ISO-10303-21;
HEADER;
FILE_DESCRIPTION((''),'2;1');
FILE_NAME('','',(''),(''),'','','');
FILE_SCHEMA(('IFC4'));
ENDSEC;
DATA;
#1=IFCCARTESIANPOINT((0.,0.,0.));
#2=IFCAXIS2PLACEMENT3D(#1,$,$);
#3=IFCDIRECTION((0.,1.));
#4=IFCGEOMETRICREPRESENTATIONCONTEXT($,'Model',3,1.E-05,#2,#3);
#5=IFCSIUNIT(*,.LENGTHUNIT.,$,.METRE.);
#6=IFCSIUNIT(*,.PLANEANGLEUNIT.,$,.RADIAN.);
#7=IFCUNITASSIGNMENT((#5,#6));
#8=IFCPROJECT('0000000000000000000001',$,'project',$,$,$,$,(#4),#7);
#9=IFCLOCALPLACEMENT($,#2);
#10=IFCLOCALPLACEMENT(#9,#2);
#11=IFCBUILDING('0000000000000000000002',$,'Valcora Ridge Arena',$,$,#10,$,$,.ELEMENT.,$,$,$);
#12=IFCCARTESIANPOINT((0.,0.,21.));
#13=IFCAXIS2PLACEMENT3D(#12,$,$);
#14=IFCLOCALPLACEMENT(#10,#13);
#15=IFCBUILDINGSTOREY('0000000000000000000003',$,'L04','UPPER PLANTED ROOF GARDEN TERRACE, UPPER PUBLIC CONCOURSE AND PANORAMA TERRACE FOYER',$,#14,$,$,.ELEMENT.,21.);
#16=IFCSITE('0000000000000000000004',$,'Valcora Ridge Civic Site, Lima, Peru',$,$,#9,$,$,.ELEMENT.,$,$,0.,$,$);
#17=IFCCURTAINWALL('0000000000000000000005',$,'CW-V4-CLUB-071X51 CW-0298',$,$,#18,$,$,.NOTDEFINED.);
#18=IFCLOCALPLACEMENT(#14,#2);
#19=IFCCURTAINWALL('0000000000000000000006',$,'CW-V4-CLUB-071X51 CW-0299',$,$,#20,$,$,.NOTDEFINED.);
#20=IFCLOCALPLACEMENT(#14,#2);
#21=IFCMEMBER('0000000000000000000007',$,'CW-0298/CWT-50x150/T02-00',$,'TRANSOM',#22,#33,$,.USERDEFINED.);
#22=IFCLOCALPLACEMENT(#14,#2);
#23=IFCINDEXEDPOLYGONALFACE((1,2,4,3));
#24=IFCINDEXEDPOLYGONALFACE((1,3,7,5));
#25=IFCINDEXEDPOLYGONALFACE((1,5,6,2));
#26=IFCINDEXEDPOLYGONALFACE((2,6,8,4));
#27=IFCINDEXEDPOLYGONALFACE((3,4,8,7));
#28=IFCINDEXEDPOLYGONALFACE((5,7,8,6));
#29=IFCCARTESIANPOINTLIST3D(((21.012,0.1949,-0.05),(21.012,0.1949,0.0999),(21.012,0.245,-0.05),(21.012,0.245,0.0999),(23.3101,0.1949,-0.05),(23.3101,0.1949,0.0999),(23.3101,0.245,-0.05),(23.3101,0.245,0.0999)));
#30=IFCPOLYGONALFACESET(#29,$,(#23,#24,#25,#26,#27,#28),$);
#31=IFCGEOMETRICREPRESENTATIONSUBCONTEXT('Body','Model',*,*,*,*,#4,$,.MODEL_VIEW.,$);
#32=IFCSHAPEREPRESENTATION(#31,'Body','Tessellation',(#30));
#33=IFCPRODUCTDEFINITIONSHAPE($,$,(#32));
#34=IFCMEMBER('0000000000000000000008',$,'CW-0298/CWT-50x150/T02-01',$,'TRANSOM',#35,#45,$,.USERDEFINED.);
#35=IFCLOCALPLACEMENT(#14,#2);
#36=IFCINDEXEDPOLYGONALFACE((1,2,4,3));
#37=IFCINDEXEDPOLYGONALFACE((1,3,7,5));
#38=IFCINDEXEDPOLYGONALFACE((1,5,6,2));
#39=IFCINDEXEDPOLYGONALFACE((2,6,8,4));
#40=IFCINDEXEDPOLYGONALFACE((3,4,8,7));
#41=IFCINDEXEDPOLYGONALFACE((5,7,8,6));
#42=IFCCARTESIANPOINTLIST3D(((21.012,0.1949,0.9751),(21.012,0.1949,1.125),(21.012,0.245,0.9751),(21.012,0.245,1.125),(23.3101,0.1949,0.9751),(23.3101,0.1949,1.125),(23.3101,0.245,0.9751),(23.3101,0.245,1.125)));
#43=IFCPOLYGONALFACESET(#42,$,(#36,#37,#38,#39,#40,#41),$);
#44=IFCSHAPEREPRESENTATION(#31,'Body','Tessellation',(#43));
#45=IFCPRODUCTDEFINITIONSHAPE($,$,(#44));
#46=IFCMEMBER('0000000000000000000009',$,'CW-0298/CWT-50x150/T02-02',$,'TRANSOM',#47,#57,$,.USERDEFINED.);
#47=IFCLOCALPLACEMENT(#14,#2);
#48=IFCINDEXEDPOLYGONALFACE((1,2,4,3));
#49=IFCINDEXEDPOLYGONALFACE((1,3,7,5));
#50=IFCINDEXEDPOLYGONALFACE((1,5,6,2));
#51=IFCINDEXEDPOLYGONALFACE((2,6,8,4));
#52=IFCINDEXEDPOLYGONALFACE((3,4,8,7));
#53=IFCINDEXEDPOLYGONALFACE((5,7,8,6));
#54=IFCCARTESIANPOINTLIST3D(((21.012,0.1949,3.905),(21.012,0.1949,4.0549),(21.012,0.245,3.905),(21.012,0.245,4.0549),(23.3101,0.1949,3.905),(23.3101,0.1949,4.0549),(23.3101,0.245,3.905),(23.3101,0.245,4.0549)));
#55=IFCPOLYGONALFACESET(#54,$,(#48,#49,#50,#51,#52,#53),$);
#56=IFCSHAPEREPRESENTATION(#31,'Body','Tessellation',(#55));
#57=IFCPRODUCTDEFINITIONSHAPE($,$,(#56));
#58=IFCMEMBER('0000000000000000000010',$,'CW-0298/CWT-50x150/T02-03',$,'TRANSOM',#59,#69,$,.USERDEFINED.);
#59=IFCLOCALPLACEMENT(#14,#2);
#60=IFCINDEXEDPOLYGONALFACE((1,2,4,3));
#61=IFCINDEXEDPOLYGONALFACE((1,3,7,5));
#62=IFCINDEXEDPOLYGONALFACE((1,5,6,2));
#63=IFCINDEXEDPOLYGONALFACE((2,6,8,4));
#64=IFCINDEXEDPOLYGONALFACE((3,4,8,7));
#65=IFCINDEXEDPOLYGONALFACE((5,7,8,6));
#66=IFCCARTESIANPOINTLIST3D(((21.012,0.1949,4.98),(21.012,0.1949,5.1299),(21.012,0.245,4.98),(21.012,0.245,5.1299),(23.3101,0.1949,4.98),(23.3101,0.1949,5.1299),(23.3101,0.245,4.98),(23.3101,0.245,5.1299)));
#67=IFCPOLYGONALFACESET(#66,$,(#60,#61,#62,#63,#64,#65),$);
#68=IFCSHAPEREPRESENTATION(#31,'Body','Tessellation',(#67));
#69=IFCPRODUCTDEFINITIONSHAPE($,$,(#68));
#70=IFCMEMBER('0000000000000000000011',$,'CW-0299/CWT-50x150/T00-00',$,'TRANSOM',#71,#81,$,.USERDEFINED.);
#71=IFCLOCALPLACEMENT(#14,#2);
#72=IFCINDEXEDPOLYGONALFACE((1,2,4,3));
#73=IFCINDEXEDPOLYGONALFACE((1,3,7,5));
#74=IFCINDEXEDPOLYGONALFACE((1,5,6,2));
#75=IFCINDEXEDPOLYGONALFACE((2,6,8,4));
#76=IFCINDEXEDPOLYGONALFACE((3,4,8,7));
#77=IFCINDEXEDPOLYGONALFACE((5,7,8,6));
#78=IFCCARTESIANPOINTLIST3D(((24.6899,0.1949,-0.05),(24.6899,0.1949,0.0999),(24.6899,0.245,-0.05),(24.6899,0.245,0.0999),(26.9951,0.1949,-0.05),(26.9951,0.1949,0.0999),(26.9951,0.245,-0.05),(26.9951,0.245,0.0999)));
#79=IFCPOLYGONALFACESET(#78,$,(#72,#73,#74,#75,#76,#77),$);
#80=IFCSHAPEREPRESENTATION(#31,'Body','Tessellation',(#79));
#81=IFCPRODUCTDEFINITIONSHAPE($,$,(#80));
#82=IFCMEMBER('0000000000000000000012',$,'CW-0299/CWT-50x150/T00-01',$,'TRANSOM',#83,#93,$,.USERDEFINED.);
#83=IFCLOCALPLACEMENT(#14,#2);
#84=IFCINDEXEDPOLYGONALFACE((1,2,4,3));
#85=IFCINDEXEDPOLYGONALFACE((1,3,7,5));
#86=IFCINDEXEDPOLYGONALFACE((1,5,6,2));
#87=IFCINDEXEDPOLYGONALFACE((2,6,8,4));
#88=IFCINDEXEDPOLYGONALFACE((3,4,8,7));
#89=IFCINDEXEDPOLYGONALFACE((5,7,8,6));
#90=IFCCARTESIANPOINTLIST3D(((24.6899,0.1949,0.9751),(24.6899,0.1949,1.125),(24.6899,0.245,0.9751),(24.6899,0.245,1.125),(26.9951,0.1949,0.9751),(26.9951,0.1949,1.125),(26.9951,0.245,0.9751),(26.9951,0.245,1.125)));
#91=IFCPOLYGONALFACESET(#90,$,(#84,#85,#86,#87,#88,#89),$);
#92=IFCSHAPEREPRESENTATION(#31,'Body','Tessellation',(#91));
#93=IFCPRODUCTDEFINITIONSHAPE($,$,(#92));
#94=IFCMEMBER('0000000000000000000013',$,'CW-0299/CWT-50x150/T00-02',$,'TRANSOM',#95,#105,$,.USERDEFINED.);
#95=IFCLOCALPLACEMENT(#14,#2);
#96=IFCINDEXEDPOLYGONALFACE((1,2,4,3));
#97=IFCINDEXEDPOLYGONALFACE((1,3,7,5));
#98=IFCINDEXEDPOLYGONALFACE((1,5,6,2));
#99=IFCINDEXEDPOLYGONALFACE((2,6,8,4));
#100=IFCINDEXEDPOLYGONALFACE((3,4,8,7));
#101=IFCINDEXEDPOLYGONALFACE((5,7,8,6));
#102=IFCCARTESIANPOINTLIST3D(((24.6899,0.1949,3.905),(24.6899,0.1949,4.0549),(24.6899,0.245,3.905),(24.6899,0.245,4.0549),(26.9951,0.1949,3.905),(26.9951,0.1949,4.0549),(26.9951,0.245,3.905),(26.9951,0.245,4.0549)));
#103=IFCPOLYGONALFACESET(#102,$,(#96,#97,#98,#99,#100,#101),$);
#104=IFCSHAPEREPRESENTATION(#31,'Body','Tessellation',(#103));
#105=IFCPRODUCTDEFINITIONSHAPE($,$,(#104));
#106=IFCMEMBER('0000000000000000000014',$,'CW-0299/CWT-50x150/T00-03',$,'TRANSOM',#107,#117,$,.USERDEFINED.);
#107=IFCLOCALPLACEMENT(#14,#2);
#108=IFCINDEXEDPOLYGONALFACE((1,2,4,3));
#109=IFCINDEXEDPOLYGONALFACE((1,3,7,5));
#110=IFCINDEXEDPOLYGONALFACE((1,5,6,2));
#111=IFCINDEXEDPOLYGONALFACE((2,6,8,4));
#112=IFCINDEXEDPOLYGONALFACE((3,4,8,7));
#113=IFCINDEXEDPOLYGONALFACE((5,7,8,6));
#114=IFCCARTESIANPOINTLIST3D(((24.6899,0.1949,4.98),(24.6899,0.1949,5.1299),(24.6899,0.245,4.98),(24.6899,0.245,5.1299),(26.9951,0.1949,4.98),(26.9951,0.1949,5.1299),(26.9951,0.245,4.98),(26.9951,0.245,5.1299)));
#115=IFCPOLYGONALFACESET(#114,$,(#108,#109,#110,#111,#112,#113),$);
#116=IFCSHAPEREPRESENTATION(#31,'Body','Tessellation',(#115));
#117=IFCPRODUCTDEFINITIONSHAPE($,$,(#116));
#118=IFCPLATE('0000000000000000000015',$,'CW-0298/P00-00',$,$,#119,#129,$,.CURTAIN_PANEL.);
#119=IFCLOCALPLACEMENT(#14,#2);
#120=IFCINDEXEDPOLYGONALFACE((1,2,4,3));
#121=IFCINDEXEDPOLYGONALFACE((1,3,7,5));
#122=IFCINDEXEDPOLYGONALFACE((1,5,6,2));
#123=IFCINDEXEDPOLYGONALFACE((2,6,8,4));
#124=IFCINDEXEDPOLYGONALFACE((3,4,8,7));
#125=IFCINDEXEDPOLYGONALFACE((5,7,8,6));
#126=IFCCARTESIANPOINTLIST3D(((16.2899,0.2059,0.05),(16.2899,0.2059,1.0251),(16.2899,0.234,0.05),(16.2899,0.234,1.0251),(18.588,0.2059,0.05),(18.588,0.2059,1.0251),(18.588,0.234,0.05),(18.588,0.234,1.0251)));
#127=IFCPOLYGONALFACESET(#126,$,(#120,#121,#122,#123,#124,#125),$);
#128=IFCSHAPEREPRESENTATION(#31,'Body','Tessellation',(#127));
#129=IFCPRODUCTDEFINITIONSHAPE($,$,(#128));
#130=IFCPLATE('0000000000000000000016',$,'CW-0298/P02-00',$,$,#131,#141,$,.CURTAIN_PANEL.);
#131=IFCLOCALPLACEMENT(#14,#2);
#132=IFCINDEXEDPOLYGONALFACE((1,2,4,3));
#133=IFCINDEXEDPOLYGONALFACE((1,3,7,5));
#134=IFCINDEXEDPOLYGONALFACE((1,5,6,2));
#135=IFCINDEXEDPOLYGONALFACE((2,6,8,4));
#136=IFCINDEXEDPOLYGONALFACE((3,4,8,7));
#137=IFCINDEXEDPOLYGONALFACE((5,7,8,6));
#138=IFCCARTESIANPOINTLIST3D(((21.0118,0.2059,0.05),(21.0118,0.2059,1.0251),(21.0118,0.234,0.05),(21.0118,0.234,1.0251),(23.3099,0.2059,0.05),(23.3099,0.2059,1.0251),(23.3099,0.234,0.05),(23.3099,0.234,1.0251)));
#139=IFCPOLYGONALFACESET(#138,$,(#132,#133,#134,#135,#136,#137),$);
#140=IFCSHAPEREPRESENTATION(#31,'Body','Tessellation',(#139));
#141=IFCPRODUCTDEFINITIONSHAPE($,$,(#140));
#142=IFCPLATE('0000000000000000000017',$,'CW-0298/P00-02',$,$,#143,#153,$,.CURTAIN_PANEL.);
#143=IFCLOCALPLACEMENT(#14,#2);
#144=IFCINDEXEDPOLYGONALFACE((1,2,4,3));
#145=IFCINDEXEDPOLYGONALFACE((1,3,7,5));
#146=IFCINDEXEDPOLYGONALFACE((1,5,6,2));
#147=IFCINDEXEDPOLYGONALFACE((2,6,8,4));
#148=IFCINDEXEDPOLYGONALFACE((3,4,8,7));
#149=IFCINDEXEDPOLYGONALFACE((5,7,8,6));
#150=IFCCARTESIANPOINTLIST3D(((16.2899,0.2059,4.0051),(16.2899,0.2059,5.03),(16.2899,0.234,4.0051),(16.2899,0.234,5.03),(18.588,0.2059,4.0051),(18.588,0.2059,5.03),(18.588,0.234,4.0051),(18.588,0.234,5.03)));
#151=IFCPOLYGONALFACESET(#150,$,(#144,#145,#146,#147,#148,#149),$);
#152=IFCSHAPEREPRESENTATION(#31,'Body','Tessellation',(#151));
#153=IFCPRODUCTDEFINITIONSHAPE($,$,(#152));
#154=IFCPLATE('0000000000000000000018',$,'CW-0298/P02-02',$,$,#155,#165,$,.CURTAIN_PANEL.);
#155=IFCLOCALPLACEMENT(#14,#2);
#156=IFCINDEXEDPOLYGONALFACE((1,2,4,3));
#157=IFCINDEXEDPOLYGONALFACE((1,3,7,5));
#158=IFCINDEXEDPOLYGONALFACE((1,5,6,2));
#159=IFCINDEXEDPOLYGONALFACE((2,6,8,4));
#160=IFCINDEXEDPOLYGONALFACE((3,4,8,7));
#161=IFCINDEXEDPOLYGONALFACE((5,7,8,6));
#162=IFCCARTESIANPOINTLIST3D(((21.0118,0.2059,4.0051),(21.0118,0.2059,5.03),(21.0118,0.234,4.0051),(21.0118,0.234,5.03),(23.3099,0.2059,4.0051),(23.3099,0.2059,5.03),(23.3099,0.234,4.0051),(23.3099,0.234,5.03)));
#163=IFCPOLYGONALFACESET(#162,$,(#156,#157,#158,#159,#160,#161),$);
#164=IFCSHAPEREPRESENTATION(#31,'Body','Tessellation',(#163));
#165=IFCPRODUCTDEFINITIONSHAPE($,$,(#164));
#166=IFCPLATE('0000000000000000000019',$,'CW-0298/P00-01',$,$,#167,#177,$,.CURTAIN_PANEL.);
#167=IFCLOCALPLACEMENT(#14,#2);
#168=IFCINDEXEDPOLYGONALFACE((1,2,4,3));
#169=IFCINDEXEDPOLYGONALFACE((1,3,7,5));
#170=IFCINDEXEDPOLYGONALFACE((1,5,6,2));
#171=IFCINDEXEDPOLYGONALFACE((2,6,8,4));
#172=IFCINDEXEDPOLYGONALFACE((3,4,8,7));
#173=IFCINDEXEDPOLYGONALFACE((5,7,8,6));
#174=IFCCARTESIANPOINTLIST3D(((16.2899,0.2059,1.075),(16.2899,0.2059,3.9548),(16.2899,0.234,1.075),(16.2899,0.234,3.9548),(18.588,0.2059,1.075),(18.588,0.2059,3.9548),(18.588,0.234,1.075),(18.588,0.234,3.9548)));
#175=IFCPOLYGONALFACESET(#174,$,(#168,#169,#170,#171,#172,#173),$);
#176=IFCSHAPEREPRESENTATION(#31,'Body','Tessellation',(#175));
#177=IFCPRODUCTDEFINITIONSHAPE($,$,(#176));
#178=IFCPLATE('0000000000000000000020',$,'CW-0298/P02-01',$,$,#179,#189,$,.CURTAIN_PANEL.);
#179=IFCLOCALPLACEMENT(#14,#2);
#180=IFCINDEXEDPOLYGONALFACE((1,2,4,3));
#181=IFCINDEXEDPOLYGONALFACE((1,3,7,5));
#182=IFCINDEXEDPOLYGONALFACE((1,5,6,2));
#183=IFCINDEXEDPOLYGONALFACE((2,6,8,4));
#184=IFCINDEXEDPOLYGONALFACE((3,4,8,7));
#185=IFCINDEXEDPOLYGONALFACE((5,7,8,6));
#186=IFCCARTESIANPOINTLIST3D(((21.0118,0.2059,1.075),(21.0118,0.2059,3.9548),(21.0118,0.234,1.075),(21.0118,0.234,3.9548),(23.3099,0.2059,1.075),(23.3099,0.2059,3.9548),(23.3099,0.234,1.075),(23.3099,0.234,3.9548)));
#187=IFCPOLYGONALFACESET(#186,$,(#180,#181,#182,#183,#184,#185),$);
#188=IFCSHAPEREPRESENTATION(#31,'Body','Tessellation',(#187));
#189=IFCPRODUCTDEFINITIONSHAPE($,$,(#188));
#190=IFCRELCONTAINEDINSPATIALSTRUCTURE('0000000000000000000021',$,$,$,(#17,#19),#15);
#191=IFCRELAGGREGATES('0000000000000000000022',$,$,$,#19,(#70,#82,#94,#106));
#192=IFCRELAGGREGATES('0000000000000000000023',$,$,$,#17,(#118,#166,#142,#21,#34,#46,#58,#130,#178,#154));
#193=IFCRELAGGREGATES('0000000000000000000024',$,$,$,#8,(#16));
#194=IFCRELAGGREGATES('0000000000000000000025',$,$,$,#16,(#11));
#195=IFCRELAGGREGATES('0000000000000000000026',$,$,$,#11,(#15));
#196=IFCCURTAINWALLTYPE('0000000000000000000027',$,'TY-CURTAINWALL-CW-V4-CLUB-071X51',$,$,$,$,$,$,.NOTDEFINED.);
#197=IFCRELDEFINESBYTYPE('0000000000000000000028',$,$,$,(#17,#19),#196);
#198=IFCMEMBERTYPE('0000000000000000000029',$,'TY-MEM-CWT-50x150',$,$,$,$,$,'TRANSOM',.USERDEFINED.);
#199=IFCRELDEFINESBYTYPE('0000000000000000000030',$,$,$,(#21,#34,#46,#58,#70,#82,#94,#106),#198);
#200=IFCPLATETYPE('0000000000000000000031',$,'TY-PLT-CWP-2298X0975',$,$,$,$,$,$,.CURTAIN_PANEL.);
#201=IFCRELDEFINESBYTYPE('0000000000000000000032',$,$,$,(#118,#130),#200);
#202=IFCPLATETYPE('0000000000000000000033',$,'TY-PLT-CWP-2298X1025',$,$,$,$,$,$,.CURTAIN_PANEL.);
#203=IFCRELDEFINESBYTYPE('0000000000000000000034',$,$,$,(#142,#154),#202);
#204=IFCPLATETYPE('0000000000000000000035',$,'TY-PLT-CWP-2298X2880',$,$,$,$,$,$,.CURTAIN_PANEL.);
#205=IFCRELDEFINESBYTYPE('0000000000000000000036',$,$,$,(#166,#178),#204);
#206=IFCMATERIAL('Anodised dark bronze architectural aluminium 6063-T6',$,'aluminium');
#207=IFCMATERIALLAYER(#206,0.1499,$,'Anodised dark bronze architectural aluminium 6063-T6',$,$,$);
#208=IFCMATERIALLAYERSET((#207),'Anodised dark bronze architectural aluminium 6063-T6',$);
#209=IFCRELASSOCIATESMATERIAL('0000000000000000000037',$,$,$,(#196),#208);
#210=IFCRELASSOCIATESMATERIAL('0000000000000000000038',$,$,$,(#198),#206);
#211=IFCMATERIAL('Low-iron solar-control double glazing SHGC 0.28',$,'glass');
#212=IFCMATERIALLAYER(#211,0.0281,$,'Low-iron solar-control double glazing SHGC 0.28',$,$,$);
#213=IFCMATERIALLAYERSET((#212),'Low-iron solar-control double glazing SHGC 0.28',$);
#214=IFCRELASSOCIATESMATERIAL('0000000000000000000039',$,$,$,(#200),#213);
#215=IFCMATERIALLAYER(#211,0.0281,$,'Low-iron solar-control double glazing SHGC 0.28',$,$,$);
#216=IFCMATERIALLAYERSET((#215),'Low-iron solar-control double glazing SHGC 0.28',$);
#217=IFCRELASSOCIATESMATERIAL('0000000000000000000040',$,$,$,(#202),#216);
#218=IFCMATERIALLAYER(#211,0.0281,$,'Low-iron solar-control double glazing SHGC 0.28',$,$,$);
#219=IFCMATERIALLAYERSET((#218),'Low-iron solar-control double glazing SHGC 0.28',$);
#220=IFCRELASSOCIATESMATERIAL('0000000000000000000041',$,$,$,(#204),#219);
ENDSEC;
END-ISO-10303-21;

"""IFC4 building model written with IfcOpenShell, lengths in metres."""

from ifc_helpers import new_model, si_unit, direction, frame, origin, origin_2d, place, context, subcontext, project, spatial, rectangle, extrude, material, layer, layer_set, material_profile, profile_set, type_object, element, aggregate, save


model = new_model("IFC4")

# Units and contexts
model_context = context("Model", 3, precision=1e-05, world=origin(), true_north=direction((0.0, 1.0)))
body_context = subcontext(model_context, "Body", "Model", "MODEL_VIEW")
ifc_project = project(units=[si_unit("LENGTHUNIT", "METRE"), si_unit("PLANEANGLEUNIT", "RADIAN")], contexts=[model_context])

# Site, building, storey
site_placement = place(None, origin())
site = spatial("IfcSite", under=ifc_project, at=site_placement, Name="Valcora Ridge Civic Site, Lima, Peru", CompositionType="ELEMENT", RefElevation=0.0)
building_placement = place(site_placement, origin())
building = spatial("IfcBuilding", under=site, at=building_placement, Name="Valcora Ridge Arena", CompositionType="ELEMENT")
storey_placement = place(building_placement, frame((0.0, 0.0, 21.0)))
storey = spatial("IfcBuildingStorey", under=building, at=storey_placement, Name="L04", Description="UPPER PLANTED ROOF GARDEN TERRACE, UPPER PUBLIC CONCOURSE AND PANORAMA TERRACE FOYER", CompositionType="ELEMENT", Elevation=21.0)

# Curtain wall
ifc_material_1 = material(Name="Anodised dark bronze architectural aluminium 6063-T6", Category="aluminium")
ifc_layer_1 = layer(ifc_material_1, 0.1499, Name="Anodised dark bronze architectural aluminium 6063-T6")
ifc_layer_set_1 = layer_set([ifc_layer_1], Name="Anodised dark bronze architectural aluminium 6063-T6")
curtain_wall_type = type_object("IfcCurtainWallType", Name="TY-CURTAINWALL-CW-V4-CLUB-071X51", PredefinedType="NOTDEFINED", material=ifc_layer_set_1)
curtain_wall_1_placement = place(storey_placement, origin())
curtain_wall_1 = element("IfcCurtainWall", 1, at=curtain_wall_1_placement, inside=storey, type_object=curtain_wall_type, Name="CW-V4-CLUB-071X51 CW-0298", PredefinedType="NOTDEFINED")

# Curtain wall
curtain_wall_2_placement = place(storey_placement, origin())
curtain_wall_2 = element("IfcCurtainWall", 2, at=curtain_wall_2_placement, inside=storey, type_object=curtain_wall_type, Name="CW-V4-CLUB-071X51 CW-0299", PredefinedType="NOTDEFINED")

# Members
ifc_material_profile_1 = material_profile(ifc_material_1, rectangle(XDim=0.05, YDim=0.1499, at=origin_2d()), Name="ALU TRANSOM 50x150")
ifc_profile_set_1 = profile_set([ifc_material_profile_1], Name="Anodised dark bronze architectural aluminium 6063-T6")
member_type_1 = type_object("IfcMemberType", Name="TY-MEM-CWT-50x150", ElementType="TRANSOM", PredefinedType="USERDEFINED", material=ifc_profile_set_1)
member_1_placement = place(storey_placement, frame((21.012, 0.22, 0.0249), z_axis=(1.0, 0.0, 0.0), x_axis=(0.0, 1.0, 0.0)))
member_1 = element("IfcMember", 3, at=member_1_placement, type_object=member_type_1, Name="CW-0298/CWT-50x150/T02-00", ObjectType="TRANSOM", PredefinedType="USERDEFINED", context=body_context, shape_type="SweptSolid", body=[
    extrude(rectangle(XDim=0.05, YDim=0.1499, at=origin_2d()), origin(), (0.0, 0.0, 1.0), 2.2981),
])
member_2_placement = place(storey_placement, frame((21.012, 0.22, 1.05), z_axis=(1.0, 0.0, 0.0), x_axis=(0.0, 1.0, 0.0)))
member_2 = element("IfcMember", 4, at=member_2_placement, type_object=member_type_1, Name="CW-0298/CWT-50x150/T02-01", ObjectType="TRANSOM", PredefinedType="USERDEFINED", context=body_context, shape_type="SweptSolid", body=[
    extrude(rectangle(XDim=0.05, YDim=0.1499, at=origin_2d()), origin(), (0.0, 0.0, 1.0), 2.2981),
])
member_3_placement = place(storey_placement, frame((21.012, 0.22, 3.98), z_axis=(1.0, 0.0, 0.0), x_axis=(0.0, 1.0, 0.0)))
member_3 = element("IfcMember", 5, at=member_3_placement, type_object=member_type_1, Name="CW-0298/CWT-50x150/T02-02", ObjectType="TRANSOM", PredefinedType="USERDEFINED", context=body_context, shape_type="SweptSolid", body=[
    extrude(rectangle(XDim=0.05, YDim=0.1499, at=origin_2d()), origin(), (0.0, 0.0, 1.0), 2.2981),
])
member_4_placement = place(storey_placement, frame((21.012, 0.22, 5.0549), z_axis=(1.0, 0.0, 0.0), x_axis=(0.0, 1.0, 0.0)))
member_4 = element("IfcMember", 6, at=member_4_placement, type_object=member_type_1, Name="CW-0298/CWT-50x150/T02-03", ObjectType="TRANSOM", PredefinedType="USERDEFINED", context=body_context, shape_type="SweptSolid", body=[
    extrude(rectangle(XDim=0.05, YDim=0.1499, at=origin_2d()), origin(), (0.0, 0.0, 1.0), 2.2981),
])
member_5_placement = place(storey_placement, frame((24.6899, 0.22, 0.0249), z_axis=(1.0, 0.0, 0.0), x_axis=(0.0, 1.0, 0.0)))
member_5 = element("IfcMember", 7, at=member_5_placement, type_object=member_type_1, Name="CW-0299/CWT-50x150/T00-00", ObjectType="TRANSOM", PredefinedType="USERDEFINED", context=body_context, shape_type="SweptSolid", body=[
    extrude(rectangle(XDim=0.05, YDim=0.1499, at=origin_2d()), origin(), (0.0, 0.0, 1.0), 2.3052),
])
member_6_placement = place(storey_placement, frame((24.6899, 0.22, 1.05), z_axis=(1.0, 0.0, 0.0), x_axis=(0.0, 1.0, 0.0)))
member_6 = element("IfcMember", 8, at=member_6_placement, type_object=member_type_1, Name="CW-0299/CWT-50x150/T00-01", ObjectType="TRANSOM", PredefinedType="USERDEFINED", context=body_context, shape_type="SweptSolid", body=[
    extrude(rectangle(XDim=0.05, YDim=0.1499, at=origin_2d()), origin(), (0.0, 0.0, 1.0), 2.3052),
])
member_7_placement = place(storey_placement, frame((24.6899, 0.22, 3.98), z_axis=(1.0, 0.0, 0.0), x_axis=(0.0, 1.0, 0.0)))
member_7 = element("IfcMember", 9, at=member_7_placement, type_object=member_type_1, Name="CW-0299/CWT-50x150/T00-02", ObjectType="TRANSOM", PredefinedType="USERDEFINED", context=body_context, shape_type="SweptSolid", body=[
    extrude(rectangle(XDim=0.05, YDim=0.1499, at=origin_2d()), origin(), (0.0, 0.0, 1.0), 2.3052),
])
member_8_placement = place(storey_placement, frame((24.6899, 0.22, 5.0549), z_axis=(1.0, 0.0, 0.0), x_axis=(0.0, 1.0, 0.0)))
member_8 = element("IfcMember", 10, at=member_8_placement, type_object=member_type_1, Name="CW-0299/CWT-50x150/T00-03", ObjectType="TRANSOM", PredefinedType="USERDEFINED", context=body_context, shape_type="SweptSolid", body=[
    extrude(rectangle(XDim=0.05, YDim=0.1499, at=origin_2d()), origin(), (0.0, 0.0, 1.0), 2.3052),
])

# Plates
ifc_material_2 = material(Name="Low-iron solar-control double glazing SHGC 0.28", Category="glass")
ifc_layer_2 = layer(ifc_material_2, 0.0281, Name="Low-iron solar-control double glazing SHGC 0.28")
ifc_layer_set_2 = layer_set([ifc_layer_2], Name="Low-iron solar-control double glazing SHGC 0.28")
plate_type_1 = type_object("IfcPlateType", Name="TY-PLT-CWP-2298X0975", PredefinedType="CURTAIN_PANEL", material=ifc_layer_set_2)
plate_1_placement = place(storey_placement, frame((17.439, 0.22, 0.05), z_axis=(0.0, 0.0, 1.0), x_axis=(1.0, 0.0, 0.0)))
plate_1 = element("IfcPlate", 11, at=plate_1_placement, type_object=plate_type_1, Name="CW-0298/P00-00", PredefinedType="CURTAIN_PANEL", context=body_context, shape_type="SweptSolid", body=[
    extrude(rectangle(XDim=2.2981, YDim=0.0281, at=origin_2d()), origin(), (0.0, 0.0, 1.0), 0.9751),
])
plate_2_placement = place(storey_placement, frame((22.1609, 0.22, 0.05), z_axis=(0.0, 0.0, 1.0), x_axis=(1.0, 0.0, 0.0)))
plate_2 = element("IfcPlate", 12, at=plate_2_placement, type_object=plate_type_1, Name="CW-0298/P02-00", PredefinedType="CURTAIN_PANEL", context=body_context, shape_type="SweptSolid", body=[
    extrude(rectangle(XDim=2.2981, YDim=0.0281, at=origin_2d()), origin(), (0.0, 0.0, 1.0), 0.9751),
])
ifc_layer_3 = layer(ifc_material_2, 0.0281, Name="Low-iron solar-control double glazing SHGC 0.28")
ifc_layer_set_3 = layer_set([ifc_layer_3], Name="Low-iron solar-control double glazing SHGC 0.28")
plate_type_2 = type_object("IfcPlateType", Name="TY-PLT-CWP-2298X1025", PredefinedType="CURTAIN_PANEL", material=ifc_layer_set_3)
plate_3_placement = place(storey_placement, frame((17.439, 0.22, 4.0051), z_axis=(0.0, 0.0, 1.0), x_axis=(1.0, 0.0, 0.0)))
plate_3 = element("IfcPlate", 13, at=plate_3_placement, type_object=plate_type_2, Name="CW-0298/P00-02", PredefinedType="CURTAIN_PANEL", context=body_context, shape_type="SweptSolid", body=[
    extrude(rectangle(XDim=2.2981, YDim=0.0281, at=origin_2d()), origin(), (0.0, 0.0, 1.0), 1.0249),
])
plate_4_placement = place(storey_placement, frame((22.1609, 0.22, 4.0051), z_axis=(0.0, 0.0, 1.0), x_axis=(1.0, 0.0, 0.0)))
plate_4 = element("IfcPlate", 14, at=plate_4_placement, type_object=plate_type_2, Name="CW-0298/P02-02", PredefinedType="CURTAIN_PANEL", context=body_context, shape_type="SweptSolid", body=[
    extrude(rectangle(XDim=2.2981, YDim=0.0281, at=origin_2d()), origin(), (0.0, 0.0, 1.0), 1.0249),
])
ifc_layer_4 = layer(ifc_material_2, 0.0281, Name="Low-iron solar-control double glazing SHGC 0.28")
ifc_layer_set_4 = layer_set([ifc_layer_4], Name="Low-iron solar-control double glazing SHGC 0.28")
plate_type_3 = type_object("IfcPlateType", Name="TY-PLT-CWP-2298X2880", PredefinedType="CURTAIN_PANEL", material=ifc_layer_set_4)
plate_5_placement = place(storey_placement, frame((17.439, 0.22, 1.075), z_axis=(0.0, 0.0, 1.0), x_axis=(1.0, 0.0, 0.0)))
plate_5 = element("IfcPlate", 15, at=plate_5_placement, type_object=plate_type_3, Name="CW-0298/P00-01", PredefinedType="CURTAIN_PANEL", context=body_context, shape_type="SweptSolid", body=[
    extrude(rectangle(XDim=2.2981, YDim=0.0281, at=origin_2d()), origin(), (0.0, 0.0, 1.0), 2.8799),
])
plate_6_placement = place(storey_placement, frame((22.1609, 0.22, 1.075), z_axis=(0.0, 0.0, 1.0), x_axis=(1.0, 0.0, 0.0)))
plate_6 = element("IfcPlate", 16, at=plate_6_placement, type_object=plate_type_3, Name="CW-0298/P02-01", PredefinedType="CURTAIN_PANEL", context=body_context, shape_type="SweptSolid", body=[
    extrude(rectangle(XDim=2.2981, YDim=0.0281, at=origin_2d()), origin(), (0.0, 0.0, 1.0), 2.8799),
])
aggregate(curtain_wall_2, [member_5, member_6, member_7, member_8])
aggregate(curtain_wall_1, [plate_1, plate_5, plate_3, member_1, member_2, member_3, member_4, plate_2, plate_6, plate_4])

save(model, "model.ifc")
